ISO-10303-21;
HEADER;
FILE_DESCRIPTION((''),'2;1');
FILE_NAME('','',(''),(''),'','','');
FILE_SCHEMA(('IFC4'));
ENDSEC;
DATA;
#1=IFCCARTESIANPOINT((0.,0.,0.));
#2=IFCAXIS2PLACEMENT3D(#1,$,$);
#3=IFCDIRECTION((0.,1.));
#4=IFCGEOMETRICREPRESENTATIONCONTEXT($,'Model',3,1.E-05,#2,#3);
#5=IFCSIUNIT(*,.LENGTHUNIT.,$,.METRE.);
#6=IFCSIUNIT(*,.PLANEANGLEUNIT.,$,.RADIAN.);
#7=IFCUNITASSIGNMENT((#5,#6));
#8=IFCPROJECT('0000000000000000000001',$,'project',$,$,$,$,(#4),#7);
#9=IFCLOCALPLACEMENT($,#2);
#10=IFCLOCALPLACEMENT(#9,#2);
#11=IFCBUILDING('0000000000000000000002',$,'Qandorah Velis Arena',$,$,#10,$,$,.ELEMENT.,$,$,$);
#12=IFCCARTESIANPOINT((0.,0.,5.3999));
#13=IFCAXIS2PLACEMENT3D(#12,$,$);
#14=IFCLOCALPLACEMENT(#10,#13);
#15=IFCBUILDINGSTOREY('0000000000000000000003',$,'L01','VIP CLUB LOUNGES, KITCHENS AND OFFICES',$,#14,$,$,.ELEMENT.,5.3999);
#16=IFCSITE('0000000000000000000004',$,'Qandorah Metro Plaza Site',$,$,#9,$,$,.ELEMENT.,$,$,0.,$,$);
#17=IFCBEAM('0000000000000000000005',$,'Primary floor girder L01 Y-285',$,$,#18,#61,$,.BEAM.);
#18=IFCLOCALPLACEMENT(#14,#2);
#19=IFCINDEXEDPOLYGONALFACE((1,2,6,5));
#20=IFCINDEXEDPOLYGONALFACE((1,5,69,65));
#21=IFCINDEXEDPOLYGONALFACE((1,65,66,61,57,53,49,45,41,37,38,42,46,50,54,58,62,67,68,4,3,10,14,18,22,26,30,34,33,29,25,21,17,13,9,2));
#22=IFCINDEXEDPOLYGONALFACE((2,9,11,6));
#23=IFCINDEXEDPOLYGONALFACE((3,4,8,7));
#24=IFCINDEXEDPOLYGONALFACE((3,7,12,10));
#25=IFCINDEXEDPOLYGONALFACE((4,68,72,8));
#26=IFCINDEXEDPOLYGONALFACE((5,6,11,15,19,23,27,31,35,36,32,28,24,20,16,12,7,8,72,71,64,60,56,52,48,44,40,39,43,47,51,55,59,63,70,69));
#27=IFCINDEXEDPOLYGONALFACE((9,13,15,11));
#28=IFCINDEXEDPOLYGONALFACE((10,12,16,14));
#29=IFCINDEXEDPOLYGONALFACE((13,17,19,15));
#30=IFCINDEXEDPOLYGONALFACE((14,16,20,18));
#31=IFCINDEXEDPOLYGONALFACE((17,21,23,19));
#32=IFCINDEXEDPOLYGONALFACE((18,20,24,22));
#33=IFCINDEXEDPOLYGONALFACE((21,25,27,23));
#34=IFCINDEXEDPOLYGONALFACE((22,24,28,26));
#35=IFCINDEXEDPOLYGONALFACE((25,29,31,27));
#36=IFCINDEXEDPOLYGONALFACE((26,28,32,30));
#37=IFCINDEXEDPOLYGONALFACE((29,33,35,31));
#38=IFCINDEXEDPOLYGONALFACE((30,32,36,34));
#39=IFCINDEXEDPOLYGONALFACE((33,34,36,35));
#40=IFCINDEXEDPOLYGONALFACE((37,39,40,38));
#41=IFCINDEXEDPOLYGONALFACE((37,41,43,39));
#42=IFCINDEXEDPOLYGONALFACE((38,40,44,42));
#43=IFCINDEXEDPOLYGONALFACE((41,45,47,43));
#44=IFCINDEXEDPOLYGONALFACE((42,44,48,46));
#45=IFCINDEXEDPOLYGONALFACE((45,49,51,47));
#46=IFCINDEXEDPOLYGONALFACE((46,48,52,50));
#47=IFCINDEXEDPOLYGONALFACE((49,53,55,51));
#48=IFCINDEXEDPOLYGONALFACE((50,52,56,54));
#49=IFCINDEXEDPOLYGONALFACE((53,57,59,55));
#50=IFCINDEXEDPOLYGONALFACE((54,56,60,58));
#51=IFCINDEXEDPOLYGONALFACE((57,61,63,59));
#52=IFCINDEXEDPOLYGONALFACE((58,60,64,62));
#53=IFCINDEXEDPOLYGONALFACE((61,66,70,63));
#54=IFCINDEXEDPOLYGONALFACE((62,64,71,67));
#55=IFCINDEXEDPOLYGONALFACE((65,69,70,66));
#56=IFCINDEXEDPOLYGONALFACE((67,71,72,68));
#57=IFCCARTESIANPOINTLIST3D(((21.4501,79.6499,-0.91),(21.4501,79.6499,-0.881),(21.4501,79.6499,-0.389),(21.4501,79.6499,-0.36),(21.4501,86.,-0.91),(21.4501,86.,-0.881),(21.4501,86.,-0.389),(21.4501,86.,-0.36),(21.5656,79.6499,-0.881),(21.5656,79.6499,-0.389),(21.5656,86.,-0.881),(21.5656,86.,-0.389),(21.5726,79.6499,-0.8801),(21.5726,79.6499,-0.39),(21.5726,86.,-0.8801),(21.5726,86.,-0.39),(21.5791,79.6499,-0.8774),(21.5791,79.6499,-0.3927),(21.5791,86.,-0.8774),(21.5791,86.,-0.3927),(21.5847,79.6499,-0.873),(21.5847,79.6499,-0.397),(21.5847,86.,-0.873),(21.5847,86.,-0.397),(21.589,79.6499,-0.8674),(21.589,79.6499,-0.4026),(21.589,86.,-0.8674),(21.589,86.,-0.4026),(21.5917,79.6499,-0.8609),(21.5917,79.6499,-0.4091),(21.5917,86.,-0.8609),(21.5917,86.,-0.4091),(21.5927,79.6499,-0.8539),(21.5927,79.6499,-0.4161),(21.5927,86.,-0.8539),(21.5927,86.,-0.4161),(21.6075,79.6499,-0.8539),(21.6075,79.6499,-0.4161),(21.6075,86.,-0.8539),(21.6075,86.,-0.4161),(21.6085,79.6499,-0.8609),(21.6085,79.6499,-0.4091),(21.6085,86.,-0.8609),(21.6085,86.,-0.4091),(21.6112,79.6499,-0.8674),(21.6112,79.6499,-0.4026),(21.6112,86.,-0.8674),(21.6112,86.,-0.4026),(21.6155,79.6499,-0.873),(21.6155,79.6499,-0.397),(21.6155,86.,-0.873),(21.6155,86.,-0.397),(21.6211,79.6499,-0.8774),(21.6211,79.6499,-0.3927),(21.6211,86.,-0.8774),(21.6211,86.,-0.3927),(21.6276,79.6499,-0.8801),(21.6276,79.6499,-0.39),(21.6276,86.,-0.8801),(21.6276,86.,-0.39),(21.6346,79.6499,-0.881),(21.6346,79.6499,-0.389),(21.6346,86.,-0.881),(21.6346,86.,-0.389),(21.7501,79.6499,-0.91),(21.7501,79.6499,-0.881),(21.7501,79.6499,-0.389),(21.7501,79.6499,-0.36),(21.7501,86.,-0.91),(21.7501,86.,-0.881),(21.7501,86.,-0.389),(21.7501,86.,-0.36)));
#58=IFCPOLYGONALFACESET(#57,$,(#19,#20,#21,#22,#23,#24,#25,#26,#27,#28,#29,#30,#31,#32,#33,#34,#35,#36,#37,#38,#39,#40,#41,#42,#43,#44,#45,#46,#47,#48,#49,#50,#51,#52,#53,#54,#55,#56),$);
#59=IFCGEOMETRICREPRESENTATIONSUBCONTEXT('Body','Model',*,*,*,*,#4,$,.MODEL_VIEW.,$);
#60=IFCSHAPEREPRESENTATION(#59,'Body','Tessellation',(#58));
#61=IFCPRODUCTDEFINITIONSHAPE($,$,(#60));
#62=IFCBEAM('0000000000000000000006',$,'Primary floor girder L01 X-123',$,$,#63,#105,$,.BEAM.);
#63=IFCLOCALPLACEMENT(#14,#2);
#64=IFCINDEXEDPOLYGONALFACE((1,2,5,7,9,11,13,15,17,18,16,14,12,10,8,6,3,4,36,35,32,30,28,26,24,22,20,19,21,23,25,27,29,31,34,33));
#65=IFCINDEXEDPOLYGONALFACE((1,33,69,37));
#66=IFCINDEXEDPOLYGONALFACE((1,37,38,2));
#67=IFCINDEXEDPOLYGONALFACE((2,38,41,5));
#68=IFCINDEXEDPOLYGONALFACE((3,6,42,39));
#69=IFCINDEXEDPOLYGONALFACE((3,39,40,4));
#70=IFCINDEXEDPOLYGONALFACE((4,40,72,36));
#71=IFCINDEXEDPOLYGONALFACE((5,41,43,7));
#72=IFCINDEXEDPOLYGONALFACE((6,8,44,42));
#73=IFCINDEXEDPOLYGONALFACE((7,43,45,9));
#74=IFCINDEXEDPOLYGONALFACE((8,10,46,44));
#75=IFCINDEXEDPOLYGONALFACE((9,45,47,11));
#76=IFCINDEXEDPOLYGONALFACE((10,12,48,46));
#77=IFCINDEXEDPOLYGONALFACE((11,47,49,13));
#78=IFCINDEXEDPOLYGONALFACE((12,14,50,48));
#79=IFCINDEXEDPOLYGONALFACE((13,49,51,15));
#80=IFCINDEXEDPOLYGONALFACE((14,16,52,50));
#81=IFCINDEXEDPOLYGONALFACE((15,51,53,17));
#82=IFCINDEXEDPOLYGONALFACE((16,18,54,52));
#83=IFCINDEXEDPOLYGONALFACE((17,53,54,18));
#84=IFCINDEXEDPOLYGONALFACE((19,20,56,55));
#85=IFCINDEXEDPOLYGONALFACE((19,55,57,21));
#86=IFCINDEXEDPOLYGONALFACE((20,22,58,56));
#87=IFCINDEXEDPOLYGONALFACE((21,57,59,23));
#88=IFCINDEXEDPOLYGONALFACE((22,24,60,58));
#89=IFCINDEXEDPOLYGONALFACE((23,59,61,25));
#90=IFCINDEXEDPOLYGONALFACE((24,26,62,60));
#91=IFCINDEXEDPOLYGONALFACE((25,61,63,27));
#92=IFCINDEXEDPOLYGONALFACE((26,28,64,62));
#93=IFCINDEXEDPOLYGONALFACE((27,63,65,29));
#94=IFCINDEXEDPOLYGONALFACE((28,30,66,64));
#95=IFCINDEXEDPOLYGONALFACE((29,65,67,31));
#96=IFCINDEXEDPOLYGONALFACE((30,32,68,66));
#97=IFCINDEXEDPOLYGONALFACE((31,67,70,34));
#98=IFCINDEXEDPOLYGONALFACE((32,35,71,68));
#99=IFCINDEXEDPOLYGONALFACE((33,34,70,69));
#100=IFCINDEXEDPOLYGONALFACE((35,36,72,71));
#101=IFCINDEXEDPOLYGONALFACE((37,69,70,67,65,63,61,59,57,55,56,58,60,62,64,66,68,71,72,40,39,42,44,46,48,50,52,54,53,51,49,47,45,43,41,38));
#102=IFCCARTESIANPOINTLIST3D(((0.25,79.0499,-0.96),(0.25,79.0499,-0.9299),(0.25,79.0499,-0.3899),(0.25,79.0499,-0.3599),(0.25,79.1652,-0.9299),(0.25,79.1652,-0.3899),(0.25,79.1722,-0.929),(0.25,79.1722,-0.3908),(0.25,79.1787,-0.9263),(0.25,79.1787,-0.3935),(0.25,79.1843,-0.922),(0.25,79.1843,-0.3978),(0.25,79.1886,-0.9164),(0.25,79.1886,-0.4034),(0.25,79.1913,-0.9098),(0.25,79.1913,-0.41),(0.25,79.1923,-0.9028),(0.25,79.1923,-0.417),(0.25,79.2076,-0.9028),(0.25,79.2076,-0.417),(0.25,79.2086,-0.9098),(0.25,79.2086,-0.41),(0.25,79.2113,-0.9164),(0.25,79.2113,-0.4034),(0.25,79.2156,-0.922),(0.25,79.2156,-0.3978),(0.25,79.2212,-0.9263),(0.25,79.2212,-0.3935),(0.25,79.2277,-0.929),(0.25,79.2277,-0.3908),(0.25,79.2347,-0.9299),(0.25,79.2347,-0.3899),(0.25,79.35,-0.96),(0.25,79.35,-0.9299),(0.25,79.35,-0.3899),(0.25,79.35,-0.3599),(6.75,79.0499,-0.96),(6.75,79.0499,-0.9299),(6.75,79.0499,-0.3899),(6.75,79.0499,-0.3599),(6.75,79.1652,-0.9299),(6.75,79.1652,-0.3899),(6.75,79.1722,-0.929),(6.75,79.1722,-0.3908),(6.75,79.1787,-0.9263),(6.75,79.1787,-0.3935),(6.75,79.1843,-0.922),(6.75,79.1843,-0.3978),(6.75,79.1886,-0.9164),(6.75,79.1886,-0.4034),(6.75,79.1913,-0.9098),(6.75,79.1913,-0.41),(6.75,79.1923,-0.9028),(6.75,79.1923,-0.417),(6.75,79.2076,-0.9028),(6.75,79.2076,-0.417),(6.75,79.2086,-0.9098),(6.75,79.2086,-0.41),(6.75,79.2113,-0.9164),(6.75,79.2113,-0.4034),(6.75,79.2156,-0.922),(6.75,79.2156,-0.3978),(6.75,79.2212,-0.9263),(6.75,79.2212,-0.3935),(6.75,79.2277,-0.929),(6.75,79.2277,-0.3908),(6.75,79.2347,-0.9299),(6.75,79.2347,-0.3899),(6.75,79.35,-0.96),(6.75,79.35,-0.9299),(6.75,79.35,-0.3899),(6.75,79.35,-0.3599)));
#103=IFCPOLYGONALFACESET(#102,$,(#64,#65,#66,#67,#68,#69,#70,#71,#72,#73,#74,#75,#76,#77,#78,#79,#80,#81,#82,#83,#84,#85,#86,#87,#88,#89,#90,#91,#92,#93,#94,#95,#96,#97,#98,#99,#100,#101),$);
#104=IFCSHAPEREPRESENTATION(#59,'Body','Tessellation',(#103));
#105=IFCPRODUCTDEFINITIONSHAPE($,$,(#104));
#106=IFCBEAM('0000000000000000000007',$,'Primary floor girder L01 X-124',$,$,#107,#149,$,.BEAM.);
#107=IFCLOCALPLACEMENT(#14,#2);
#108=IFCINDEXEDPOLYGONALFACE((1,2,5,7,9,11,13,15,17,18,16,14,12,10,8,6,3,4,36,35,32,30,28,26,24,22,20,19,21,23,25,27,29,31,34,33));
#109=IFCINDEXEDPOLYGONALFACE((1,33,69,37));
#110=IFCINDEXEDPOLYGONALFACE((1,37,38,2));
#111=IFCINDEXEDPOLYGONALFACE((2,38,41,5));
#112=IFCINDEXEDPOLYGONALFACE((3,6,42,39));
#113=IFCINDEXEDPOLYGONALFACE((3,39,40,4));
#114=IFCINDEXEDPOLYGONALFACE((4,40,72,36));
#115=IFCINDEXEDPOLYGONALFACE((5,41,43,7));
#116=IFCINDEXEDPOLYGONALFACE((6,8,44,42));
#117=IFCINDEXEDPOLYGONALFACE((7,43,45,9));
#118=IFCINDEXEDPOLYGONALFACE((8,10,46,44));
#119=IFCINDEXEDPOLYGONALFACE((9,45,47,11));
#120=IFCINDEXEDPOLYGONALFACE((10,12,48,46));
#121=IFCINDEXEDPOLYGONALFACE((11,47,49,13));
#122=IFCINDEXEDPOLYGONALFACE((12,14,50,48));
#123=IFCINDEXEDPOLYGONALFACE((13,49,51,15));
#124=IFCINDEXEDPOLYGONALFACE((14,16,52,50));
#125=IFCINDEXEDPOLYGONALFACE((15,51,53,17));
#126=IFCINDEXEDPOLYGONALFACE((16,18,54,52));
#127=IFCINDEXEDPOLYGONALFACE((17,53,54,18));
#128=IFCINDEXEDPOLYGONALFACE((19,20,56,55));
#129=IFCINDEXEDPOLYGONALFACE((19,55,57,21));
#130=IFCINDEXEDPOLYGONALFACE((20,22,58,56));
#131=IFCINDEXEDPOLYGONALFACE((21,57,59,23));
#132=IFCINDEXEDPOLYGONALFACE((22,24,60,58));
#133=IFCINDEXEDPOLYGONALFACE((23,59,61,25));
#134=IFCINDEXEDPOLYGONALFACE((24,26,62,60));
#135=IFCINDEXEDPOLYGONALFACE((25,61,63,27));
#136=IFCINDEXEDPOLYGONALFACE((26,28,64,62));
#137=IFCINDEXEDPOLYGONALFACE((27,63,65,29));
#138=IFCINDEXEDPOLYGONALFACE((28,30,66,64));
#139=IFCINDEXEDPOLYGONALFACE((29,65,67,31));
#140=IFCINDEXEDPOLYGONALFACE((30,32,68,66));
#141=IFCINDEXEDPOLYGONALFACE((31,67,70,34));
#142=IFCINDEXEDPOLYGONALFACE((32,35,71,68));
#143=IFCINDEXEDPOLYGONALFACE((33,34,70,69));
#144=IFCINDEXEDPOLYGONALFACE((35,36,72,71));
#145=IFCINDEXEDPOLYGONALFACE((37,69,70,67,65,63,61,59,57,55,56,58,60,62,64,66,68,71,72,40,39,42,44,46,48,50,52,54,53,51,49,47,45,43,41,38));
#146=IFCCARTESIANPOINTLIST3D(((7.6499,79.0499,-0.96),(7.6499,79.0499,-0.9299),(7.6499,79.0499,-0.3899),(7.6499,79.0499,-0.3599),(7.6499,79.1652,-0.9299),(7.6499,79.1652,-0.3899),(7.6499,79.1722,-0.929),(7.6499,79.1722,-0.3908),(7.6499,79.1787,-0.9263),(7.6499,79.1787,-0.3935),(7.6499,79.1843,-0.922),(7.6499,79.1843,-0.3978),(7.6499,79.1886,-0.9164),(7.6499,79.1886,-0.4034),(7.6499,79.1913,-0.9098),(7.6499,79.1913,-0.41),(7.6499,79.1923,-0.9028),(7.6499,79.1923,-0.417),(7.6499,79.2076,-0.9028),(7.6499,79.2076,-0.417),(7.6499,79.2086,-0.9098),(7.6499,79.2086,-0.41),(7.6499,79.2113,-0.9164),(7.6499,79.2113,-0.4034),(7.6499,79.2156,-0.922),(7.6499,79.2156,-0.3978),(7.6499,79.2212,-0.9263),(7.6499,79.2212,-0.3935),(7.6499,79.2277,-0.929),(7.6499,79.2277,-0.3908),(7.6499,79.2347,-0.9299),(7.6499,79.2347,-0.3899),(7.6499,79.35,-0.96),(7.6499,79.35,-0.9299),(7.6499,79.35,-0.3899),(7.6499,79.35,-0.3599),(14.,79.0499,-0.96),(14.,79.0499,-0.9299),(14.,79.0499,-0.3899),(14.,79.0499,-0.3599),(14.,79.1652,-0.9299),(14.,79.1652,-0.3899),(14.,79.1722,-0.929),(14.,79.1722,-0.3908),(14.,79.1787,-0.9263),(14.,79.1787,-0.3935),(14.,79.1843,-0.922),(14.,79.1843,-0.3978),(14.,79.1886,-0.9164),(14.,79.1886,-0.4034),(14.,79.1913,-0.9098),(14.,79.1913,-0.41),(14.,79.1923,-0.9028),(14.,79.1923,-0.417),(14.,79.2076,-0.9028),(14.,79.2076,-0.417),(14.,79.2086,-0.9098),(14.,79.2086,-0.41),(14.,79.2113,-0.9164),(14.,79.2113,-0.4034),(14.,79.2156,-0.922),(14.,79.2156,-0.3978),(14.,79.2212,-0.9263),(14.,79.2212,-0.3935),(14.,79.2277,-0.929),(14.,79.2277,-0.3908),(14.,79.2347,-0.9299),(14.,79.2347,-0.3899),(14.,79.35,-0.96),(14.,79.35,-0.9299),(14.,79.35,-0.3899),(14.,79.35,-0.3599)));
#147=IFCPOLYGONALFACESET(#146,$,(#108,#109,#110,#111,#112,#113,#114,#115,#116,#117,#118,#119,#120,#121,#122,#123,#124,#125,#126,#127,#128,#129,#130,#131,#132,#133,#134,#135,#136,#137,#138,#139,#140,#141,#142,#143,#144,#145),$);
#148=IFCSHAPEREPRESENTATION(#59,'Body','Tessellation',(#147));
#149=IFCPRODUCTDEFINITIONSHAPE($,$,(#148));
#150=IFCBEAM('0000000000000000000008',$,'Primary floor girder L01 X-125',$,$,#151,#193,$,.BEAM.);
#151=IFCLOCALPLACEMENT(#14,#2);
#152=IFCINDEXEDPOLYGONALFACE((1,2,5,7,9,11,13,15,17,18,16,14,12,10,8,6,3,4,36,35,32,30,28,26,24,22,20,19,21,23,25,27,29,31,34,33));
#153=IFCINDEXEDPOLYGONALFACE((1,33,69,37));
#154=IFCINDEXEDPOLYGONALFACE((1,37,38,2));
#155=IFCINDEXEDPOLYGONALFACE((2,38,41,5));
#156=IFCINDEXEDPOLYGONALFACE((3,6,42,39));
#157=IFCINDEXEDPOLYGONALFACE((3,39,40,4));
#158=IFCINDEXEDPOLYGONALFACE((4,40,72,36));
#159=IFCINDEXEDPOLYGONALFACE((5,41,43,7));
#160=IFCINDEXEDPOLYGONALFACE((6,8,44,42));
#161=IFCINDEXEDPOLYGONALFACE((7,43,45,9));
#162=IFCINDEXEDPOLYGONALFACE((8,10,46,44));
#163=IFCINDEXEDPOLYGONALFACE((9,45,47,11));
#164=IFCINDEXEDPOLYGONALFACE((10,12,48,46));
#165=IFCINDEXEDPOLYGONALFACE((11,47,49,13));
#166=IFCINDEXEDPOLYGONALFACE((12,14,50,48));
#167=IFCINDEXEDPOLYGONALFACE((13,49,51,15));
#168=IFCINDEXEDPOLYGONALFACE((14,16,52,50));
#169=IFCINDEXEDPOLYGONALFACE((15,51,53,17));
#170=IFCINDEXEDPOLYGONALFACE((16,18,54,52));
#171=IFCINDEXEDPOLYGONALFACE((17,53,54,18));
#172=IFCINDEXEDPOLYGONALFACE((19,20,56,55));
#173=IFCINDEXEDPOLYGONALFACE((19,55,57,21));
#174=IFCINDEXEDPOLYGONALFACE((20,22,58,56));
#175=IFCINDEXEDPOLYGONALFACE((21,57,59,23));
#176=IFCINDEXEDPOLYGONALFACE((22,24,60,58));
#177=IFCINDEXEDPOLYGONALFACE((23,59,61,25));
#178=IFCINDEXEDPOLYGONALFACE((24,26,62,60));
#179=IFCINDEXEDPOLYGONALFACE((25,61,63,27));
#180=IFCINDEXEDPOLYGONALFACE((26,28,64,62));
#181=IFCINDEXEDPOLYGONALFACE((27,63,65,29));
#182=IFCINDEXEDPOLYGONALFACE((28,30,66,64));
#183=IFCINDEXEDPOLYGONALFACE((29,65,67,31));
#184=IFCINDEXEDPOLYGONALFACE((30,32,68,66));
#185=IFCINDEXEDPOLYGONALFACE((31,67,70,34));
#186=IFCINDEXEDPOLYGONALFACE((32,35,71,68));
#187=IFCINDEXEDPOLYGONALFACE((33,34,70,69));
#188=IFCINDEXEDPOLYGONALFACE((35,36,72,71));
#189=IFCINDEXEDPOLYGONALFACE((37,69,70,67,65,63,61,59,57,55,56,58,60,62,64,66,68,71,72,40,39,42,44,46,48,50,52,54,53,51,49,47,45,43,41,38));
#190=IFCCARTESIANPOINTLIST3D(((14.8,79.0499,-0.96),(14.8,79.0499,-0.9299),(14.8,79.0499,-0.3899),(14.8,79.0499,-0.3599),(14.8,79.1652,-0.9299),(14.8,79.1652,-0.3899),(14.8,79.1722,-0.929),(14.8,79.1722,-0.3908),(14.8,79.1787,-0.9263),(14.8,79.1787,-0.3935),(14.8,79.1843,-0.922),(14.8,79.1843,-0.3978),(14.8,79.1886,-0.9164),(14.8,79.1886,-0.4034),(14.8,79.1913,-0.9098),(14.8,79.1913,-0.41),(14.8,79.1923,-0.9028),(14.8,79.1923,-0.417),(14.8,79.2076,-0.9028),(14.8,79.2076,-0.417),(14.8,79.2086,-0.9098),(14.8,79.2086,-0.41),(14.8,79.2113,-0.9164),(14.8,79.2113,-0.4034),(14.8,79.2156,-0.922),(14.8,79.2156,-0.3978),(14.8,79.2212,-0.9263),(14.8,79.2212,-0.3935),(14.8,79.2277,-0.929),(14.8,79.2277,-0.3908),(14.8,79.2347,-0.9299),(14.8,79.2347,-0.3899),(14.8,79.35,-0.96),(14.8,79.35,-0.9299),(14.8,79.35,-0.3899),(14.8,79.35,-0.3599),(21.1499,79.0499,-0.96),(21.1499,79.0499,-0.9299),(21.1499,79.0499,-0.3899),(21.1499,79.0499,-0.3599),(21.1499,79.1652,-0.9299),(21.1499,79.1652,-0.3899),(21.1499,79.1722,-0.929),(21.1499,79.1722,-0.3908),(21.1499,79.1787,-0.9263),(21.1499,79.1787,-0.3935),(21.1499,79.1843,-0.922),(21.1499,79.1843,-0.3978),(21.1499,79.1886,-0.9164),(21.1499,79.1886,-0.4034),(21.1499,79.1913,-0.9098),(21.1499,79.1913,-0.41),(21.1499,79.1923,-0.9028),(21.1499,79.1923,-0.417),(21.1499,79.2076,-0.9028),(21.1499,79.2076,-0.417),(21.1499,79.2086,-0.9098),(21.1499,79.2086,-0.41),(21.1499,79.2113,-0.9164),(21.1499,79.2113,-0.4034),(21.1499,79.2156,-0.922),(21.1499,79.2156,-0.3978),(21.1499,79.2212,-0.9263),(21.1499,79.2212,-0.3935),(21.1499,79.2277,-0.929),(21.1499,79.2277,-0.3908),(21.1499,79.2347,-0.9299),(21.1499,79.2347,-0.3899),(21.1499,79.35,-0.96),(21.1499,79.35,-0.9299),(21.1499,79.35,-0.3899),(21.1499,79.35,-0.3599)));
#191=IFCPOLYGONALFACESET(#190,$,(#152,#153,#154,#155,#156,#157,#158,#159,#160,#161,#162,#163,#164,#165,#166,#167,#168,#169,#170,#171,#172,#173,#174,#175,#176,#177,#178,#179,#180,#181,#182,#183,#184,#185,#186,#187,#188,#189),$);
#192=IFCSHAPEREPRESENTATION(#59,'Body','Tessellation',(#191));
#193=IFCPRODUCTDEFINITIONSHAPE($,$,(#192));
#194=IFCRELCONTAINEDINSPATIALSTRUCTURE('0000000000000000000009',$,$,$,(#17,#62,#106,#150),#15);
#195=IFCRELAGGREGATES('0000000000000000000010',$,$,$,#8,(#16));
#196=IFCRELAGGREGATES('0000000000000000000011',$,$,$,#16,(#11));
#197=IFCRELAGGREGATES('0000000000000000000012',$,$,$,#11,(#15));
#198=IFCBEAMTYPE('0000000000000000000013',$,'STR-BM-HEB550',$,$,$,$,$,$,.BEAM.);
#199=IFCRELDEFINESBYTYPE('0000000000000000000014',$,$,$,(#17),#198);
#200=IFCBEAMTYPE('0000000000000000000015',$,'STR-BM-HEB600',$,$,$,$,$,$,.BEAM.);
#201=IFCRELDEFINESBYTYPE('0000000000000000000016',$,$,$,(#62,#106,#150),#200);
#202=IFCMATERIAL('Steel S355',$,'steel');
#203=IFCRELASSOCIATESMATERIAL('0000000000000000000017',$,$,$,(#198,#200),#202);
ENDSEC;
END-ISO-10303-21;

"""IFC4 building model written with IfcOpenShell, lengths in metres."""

from ifc_helpers import new_model, si_unit, direction, frame, origin, origin_2d, place, context, subcontext, project, spatial, i_section, extrude, material, material_profile, profile_set, type_object, element, save


model = new_model("IFC4")

# Units and contexts
model_context = context("Model", 3, precision=1e-05, world=origin(), true_north=direction((0.0, 1.0)))
body_context = subcontext(model_context, "Body", "Model", "MODEL_VIEW")
ifc_project = project(units=[si_unit("LENGTHUNIT", "METRE"), si_unit("PLANEANGLEUNIT", "RADIAN")], contexts=[model_context])

# Site, building, storey
site_placement = place(None, origin())
site = spatial("IfcSite", under=ifc_project, at=site_placement, Name="Qandorah Metro Plaza Site", CompositionType="ELEMENT", RefElevation=0.0)
building_placement = place(site_placement, origin())
building = spatial("IfcBuilding", under=site, at=building_placement, Name="Qandorah Velis Arena", CompositionType="ELEMENT")
storey_placement = place(building_placement, frame((0.0, 0.0, 5.3999)))
storey = spatial("IfcBuildingStorey", under=building, at=storey_placement, Name="L01", Description="VIP CLUB LOUNGES, KITCHENS AND OFFICES", CompositionType="ELEMENT", Elevation=5.3999)

# Beams
ifc_material_1 = material(Name="Steel S355", Category="steel")
ifc_material_profile_1 = material_profile(ifc_material_1, i_section(OverallWidth=0.3, OverallDepth=0.55, WebThickness=0.0149, FlangeThickness=0.0291, FilletRadius=0.0271, at=origin_2d()), Name="HEB 550")
ifc_profile_set_1 = profile_set([ifc_material_profile_1], Name="Steel S355")
beam_type_1 = type_object("IfcBeamType", Name="STR-BM-HEB550", PredefinedType="BEAM", material=ifc_profile_set_1)
beam_1_placement = place(storey_placement, frame((21.6001, 79.6499, -0.635), z_axis=(0.0, 1.0, 0.0), x_axis=(-1.0, 0.0, 0.0)))
element("IfcBeam", 1, at=beam_1_placement, inside=storey, type_object=beam_type_1, Name="Primary floor girder L01 Y-285", PredefinedType="BEAM", context=body_context, shape_type="SweptSolid", body=[
    extrude(i_section(OverallWidth=0.3, OverallDepth=0.55, WebThickness=0.0149, FlangeThickness=0.0291, FilletRadius=0.0271, at=origin_2d()), origin(), (0.0, 0.0, 1.0), 6.3501),
])
ifc_material_profile_2 = material_profile(ifc_material_1, i_section(OverallWidth=0.3, OverallDepth=0.6001, WebThickness=0.0154, FlangeThickness=0.03, FilletRadius=0.0271, at=origin_2d()), Name="HEB 600")
ifc_profile_set_2 = profile_set([ifc_material_profile_2], Name="Steel S355")
beam_type_2 = type_object("IfcBeamType", Name="STR-BM-HEB600", PredefinedType="BEAM", material=ifc_profile_set_2)
beam_2_placement = place(storey_placement, frame((0.25, 79.2, -0.6599), z_axis=(1.0, 0.0, 0.0), x_axis=(0.0, 1.0, 0.0)))
element("IfcBeam", 2, at=beam_2_placement, inside=storey, type_object=beam_type_2, Name="Primary floor girder L01 X-123", PredefinedType="BEAM", context=body_context, shape_type="SweptSolid", body=[
    extrude(i_section(OverallWidth=0.3, OverallDepth=0.6001, WebThickness=0.0154, FlangeThickness=0.03, FilletRadius=0.0271, at=origin_2d()), origin(), (0.0, 0.0, 1.0), 6.5),
])
beam_3_placement = place(storey_placement, frame((7.6499, 79.2, -0.6599), z_axis=(1.0, 0.0, 0.0), x_axis=(0.0, 1.0, 0.0)))
element("IfcBeam", 3, at=beam_3_placement, inside=storey, type_object=beam_type_2, Name="Primary floor girder L01 X-124", PredefinedType="BEAM", context=body_context, shape_type="SweptSolid", body=[
    extrude(i_section(OverallWidth=0.3, OverallDepth=0.6001, WebThickness=0.0154, FlangeThickness=0.03, FilletRadius=0.0271, at=origin_2d()), origin(), (0.0, 0.0, 1.0), 6.3501),
])
beam_4_placement = place(storey_placement, frame((14.8, 79.2, -0.6599), z_axis=(1.0, 0.0, 0.0), x_axis=(0.0, 1.0, 0.0)))
element("IfcBeam", 4, at=beam_4_placement, inside=storey, type_object=beam_type_2, Name="Primary floor girder L01 X-125", PredefinedType="BEAM", context=body_context, shape_type="SweptSolid", body=[
    extrude(i_section(OverallWidth=0.3, OverallDepth=0.6001, WebThickness=0.0154, FlangeThickness=0.03, FilletRadius=0.0271, at=origin_2d()), origin(), (0.0, 0.0, 1.0), 6.3499),
])

save(model, "model.ifc")
